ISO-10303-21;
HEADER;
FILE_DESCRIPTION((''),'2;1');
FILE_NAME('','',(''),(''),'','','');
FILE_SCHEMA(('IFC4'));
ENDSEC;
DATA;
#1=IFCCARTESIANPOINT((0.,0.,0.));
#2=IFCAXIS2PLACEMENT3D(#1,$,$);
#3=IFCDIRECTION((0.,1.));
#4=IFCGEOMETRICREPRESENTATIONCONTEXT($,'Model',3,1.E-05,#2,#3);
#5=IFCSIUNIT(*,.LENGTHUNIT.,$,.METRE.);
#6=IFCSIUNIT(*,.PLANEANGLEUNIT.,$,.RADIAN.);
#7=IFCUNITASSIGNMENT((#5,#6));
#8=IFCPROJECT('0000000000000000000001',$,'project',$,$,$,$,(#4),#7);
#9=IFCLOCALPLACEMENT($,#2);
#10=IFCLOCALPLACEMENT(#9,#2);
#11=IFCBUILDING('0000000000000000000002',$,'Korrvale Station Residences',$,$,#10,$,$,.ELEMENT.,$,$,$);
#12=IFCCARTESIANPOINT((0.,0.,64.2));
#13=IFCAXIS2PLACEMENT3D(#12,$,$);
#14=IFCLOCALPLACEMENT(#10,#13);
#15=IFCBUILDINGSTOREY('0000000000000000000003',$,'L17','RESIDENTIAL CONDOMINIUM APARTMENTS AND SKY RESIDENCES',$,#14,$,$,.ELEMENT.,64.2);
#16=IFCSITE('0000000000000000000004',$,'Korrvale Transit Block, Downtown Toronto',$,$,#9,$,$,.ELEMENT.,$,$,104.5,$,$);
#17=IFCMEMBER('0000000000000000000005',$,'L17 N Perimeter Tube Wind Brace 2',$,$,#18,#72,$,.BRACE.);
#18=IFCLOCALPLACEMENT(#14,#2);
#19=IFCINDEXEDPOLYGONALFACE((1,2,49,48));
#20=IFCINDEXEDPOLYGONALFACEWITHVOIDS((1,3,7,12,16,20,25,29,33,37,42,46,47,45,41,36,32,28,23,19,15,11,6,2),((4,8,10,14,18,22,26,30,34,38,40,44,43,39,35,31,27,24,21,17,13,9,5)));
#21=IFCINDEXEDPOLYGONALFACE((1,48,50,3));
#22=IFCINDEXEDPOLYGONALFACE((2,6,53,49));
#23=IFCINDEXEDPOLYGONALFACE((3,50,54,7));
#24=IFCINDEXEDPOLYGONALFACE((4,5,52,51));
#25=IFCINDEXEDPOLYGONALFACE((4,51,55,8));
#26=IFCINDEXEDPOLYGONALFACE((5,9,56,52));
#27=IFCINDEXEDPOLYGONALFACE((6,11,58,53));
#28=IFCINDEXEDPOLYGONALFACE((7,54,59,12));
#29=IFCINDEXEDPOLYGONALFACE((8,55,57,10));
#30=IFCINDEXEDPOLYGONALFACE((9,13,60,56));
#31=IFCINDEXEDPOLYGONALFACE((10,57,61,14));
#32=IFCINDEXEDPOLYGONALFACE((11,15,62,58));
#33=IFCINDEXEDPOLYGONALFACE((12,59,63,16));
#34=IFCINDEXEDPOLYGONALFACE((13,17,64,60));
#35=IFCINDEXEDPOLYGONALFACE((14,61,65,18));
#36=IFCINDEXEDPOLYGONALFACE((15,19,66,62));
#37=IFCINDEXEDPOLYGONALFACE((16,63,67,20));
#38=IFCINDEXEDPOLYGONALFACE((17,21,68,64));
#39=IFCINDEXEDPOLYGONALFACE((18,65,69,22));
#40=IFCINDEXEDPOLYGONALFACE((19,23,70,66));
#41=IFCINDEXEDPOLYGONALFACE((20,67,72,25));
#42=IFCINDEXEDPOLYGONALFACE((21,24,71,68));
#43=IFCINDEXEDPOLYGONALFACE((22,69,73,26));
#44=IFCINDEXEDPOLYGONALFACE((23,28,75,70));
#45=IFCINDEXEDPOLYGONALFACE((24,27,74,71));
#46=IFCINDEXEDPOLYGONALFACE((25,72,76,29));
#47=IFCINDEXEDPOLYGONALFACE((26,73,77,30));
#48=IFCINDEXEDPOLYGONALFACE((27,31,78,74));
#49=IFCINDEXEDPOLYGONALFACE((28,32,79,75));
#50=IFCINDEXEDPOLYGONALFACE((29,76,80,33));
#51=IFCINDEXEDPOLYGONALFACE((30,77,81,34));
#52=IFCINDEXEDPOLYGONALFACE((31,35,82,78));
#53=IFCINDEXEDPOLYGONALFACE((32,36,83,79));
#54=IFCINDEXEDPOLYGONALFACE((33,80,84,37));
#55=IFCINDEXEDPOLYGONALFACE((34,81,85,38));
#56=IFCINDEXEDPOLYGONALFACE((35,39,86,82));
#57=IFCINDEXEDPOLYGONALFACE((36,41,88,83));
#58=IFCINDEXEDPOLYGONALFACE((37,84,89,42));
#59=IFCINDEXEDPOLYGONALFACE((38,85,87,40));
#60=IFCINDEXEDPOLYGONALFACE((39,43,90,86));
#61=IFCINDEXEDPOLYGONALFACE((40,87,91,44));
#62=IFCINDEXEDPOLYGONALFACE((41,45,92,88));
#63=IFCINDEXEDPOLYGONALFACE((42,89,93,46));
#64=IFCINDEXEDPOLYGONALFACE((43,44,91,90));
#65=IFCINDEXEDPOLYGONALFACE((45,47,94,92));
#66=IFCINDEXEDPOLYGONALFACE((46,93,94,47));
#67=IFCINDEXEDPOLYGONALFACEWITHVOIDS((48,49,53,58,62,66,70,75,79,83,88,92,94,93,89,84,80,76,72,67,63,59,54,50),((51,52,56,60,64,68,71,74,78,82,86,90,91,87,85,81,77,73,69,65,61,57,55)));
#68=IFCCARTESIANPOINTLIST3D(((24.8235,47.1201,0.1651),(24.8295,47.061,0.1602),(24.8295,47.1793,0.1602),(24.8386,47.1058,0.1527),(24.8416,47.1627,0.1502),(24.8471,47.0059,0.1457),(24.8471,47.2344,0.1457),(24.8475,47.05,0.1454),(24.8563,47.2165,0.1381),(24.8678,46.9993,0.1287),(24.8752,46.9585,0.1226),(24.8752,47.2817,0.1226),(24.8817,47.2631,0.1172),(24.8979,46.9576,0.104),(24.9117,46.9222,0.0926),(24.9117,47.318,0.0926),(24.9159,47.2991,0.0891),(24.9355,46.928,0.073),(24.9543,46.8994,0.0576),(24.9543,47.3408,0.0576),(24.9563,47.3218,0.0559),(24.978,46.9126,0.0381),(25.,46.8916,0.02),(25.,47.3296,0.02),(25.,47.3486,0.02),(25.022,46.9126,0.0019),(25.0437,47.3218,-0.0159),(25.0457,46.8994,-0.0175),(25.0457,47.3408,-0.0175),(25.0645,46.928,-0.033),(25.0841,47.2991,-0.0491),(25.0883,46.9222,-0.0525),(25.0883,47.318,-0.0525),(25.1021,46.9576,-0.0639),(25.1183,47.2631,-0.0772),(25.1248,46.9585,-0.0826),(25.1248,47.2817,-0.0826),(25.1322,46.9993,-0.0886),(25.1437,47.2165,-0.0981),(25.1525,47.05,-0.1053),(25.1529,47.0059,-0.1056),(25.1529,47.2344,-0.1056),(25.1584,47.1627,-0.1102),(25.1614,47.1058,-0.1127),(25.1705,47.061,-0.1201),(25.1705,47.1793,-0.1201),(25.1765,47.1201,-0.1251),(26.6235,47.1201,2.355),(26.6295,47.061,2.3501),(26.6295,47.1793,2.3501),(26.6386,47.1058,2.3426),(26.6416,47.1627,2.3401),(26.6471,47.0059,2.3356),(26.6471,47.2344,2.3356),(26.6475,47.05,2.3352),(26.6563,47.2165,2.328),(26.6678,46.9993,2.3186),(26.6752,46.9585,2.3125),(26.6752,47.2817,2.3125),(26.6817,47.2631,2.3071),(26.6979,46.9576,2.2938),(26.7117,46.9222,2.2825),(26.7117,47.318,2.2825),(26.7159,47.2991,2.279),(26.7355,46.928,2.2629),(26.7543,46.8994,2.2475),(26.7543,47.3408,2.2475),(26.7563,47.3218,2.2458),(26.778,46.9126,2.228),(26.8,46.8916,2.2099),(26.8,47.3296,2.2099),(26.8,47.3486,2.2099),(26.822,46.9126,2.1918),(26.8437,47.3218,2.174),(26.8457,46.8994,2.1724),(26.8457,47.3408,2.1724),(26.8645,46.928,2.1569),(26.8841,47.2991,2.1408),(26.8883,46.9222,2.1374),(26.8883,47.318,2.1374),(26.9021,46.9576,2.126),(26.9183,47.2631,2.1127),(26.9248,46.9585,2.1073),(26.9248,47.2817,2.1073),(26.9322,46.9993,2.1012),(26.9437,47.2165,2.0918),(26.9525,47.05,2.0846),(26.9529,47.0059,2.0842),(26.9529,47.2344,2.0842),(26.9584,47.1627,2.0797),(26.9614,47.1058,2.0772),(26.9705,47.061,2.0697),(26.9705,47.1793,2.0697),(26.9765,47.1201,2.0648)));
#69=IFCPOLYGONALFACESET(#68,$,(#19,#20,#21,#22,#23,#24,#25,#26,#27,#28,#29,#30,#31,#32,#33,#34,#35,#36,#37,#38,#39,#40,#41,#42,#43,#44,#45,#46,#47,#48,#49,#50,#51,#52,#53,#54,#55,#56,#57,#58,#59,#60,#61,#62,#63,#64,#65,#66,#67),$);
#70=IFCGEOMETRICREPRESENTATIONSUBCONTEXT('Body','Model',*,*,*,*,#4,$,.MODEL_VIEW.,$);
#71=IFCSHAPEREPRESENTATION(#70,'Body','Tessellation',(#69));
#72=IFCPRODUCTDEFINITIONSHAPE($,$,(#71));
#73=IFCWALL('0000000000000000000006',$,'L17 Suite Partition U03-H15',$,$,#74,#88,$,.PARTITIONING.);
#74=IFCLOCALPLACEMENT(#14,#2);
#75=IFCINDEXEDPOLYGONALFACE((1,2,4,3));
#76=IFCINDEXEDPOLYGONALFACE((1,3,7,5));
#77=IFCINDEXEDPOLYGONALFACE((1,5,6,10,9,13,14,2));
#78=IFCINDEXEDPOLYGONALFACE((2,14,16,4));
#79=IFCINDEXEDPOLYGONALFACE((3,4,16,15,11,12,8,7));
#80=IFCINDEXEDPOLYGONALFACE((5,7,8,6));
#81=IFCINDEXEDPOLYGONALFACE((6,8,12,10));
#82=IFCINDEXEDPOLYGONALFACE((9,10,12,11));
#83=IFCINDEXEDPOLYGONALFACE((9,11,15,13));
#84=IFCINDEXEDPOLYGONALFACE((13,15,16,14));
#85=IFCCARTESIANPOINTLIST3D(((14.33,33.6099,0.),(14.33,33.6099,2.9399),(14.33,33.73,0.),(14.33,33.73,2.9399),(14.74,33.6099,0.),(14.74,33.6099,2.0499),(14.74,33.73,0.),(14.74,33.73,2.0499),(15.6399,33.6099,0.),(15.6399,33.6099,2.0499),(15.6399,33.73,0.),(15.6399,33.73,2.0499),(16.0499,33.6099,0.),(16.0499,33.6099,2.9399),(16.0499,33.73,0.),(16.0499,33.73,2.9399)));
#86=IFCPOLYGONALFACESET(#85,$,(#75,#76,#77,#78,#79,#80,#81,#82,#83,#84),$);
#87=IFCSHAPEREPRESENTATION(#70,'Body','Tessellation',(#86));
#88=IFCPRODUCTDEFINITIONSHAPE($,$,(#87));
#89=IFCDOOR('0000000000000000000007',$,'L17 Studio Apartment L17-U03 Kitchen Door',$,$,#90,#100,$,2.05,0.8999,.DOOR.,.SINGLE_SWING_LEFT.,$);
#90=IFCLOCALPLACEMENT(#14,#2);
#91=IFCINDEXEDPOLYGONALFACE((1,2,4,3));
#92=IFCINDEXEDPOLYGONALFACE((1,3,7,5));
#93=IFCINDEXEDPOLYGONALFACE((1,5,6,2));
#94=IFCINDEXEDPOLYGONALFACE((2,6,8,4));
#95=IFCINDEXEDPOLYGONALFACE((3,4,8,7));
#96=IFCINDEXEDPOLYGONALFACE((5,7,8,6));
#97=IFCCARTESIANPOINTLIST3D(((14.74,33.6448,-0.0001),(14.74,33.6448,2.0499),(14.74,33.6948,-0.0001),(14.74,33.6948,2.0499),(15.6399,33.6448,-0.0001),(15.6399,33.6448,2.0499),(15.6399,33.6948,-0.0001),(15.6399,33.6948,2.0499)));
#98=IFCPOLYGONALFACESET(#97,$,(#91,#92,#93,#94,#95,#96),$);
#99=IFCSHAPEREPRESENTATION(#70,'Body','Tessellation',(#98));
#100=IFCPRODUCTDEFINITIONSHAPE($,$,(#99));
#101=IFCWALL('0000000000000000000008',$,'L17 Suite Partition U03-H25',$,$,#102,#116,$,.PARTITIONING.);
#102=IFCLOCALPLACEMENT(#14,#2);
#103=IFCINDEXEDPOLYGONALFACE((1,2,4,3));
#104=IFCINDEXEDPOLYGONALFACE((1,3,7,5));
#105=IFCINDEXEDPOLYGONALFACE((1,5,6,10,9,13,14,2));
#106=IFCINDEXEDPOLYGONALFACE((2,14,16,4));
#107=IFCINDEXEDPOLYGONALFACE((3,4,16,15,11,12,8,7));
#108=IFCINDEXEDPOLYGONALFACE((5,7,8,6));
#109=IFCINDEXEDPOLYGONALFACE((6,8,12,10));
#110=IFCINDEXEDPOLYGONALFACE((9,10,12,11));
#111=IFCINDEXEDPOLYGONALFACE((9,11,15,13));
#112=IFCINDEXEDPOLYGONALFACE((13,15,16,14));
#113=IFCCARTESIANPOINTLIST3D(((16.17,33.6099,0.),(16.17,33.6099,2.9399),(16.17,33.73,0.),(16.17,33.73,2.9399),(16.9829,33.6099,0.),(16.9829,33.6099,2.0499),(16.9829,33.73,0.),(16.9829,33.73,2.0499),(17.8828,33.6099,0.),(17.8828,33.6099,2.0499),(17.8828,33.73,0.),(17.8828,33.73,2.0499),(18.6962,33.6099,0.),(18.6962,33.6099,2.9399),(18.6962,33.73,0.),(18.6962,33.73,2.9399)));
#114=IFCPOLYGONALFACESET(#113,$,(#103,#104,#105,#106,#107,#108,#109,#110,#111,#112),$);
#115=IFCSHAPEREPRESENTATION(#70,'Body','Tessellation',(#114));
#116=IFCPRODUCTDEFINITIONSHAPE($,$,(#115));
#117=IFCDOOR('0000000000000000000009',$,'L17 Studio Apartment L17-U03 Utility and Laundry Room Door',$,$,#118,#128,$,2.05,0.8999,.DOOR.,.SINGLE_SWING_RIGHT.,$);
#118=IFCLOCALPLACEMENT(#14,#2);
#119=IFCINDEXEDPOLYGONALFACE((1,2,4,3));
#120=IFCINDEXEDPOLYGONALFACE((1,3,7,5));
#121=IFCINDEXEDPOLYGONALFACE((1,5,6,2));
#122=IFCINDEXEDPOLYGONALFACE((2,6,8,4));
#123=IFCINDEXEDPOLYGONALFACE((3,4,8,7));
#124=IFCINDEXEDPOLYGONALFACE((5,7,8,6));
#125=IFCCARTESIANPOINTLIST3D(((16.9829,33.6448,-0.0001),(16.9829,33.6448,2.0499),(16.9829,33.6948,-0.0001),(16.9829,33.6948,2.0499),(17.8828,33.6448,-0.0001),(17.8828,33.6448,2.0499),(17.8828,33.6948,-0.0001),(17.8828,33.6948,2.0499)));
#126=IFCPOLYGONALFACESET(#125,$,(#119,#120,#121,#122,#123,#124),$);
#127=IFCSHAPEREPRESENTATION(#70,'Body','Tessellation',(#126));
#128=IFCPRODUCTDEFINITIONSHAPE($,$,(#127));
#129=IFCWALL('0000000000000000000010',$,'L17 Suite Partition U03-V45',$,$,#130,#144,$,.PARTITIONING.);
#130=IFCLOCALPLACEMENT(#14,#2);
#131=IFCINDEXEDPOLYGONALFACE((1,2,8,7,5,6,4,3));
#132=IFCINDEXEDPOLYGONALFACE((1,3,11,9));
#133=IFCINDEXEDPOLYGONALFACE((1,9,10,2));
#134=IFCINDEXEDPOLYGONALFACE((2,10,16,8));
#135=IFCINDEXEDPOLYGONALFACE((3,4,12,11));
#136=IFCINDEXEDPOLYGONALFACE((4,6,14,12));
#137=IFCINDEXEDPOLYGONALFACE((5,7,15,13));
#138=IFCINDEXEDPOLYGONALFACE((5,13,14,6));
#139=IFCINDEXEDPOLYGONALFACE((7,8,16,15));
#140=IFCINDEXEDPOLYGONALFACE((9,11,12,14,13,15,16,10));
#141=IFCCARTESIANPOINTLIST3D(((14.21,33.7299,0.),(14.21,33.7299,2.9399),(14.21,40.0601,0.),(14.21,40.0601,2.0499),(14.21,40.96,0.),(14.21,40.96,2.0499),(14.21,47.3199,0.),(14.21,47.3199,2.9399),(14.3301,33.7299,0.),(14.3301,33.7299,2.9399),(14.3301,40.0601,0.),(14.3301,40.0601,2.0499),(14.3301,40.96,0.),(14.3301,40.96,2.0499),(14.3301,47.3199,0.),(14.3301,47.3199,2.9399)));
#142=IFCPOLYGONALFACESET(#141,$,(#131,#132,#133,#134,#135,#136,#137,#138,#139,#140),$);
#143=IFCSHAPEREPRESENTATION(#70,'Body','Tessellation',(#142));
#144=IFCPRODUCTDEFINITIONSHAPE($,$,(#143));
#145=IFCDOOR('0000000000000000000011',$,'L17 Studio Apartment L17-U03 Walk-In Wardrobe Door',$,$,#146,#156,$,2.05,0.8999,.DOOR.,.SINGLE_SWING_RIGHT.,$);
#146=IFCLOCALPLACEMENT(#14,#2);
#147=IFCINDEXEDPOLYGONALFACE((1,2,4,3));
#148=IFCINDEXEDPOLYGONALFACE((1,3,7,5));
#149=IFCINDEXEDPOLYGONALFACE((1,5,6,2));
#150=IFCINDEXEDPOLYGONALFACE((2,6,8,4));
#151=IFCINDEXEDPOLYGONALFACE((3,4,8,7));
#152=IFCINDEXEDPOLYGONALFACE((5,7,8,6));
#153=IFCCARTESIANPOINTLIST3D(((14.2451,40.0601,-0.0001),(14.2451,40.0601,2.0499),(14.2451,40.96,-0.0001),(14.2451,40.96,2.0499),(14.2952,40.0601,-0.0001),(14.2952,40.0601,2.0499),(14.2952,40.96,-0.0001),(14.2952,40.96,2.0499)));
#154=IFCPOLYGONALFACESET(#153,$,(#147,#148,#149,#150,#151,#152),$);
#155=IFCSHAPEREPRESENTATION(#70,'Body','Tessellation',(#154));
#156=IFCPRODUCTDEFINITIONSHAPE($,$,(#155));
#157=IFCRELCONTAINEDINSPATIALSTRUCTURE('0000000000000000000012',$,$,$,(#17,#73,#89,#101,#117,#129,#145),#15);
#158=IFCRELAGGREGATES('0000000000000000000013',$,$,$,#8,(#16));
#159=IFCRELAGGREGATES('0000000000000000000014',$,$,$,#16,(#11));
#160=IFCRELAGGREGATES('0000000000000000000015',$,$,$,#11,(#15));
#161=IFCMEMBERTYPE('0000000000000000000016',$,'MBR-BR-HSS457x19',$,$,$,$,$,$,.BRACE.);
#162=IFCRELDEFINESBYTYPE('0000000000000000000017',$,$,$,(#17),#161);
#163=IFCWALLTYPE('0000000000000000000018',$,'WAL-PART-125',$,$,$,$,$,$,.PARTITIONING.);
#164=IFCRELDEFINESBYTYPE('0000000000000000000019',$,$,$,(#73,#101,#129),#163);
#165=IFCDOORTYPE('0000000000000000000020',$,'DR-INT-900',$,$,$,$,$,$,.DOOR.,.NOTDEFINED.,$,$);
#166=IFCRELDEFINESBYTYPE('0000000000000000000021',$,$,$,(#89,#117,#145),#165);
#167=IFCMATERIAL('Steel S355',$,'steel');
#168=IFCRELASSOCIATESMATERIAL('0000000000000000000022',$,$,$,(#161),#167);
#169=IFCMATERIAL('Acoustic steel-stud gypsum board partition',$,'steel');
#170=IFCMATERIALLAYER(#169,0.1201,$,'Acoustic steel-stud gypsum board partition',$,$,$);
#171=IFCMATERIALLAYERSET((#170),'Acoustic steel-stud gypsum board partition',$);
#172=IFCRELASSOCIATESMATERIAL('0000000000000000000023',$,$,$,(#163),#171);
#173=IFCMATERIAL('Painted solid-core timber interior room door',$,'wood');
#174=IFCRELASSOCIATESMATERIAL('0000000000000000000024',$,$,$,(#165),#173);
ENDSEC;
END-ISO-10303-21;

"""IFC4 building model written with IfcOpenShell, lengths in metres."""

from ifc_helpers import new_model, si_unit, direction, frame, frame_2d, origin, origin_2d, place, context, subcontext, project, spatial, rectangle, hollow_circle, extrude, material, layer, layer_set, material_profile, profile_set, type_object, element, fill, save


model = new_model("IFC4")

# Units and contexts
model_context = context("Model", 3, precision=1e-05, world=origin(), true_north=direction((0.0, 1.0)))
body_context = subcontext(model_context, "Body", "Model", "MODEL_VIEW")
ifc_project = project(units=[si_unit("LENGTHUNIT", "METRE"), si_unit("PLANEANGLEUNIT", "RADIAN")], contexts=[model_context])

# Site, building, storey
site_placement = place(None, origin())
site = spatial("IfcSite", under=ifc_project, at=site_placement, Name="Korrvale Transit Block, Downtown Toronto", CompositionType="ELEMENT", RefElevation=104.5)
building_placement = place(site_placement, origin())
building = spatial("IfcBuilding", under=site, at=building_placement, Name="Korrvale Station Residences", CompositionType="ELEMENT")
storey_placement = place(building_placement, frame((0.0, 0.0, 64.2)))
storey = spatial("IfcBuildingStorey", under=building, at=storey_placement, Name="L17", Description="RESIDENTIAL CONDOMINIUM APARTMENTS AND SKY RESIDENCES", CompositionType="ELEMENT", Elevation=64.2)

# Shared definitions
ifc_material_1 = material(Name="Steel S355", Category="steel")

# Member
ifc_material_profile_1 = material_profile(ifc_material_1, hollow_circle(Radius=0.2285, WallThickness=0.019, at=origin_2d()), Name="HSS457x19")
ifc_profile_set_1 = profile_set([ifc_material_profile_1], Name="Steel S355")
member_type = type_object("IfcMemberType", Name="MBR-BR-HSS457x19", PredefinedType="BRACE", material=ifc_profile_set_1)
for number, where, z_axis, x_axis, name in (
    (1, (25.0, 47.1201, 0.02), (0.634985, 0.0, 0.772524), (0.0, 1.0, 0.0), "L17 N Perimeter Tube Wind Brace 2"),
):
    element("IfcMember", number, at=place(storey_placement, frame(where, z_axis=z_axis, x_axis=x_axis)), inside=storey, type_object=member_type, Name=name, PredefinedType="BRACE", context=body_context, shape_type="SweptSolid", body=[
        extrude(hollow_circle(Radius=0.2285, WallThickness=0.019, at=origin_2d()), origin(), (0.0, 0.0, 1.0), 2.8347),
    ])

# Walls, openings, doors
ifc_material_2 = material(Name="Acoustic steel-stud gypsum board partition", Category="steel")
ifc_layer_1 = layer(ifc_material_2, 0.1201, Name="Acoustic steel-stud gypsum board partition")
ifc_layer_set_1 = layer_set([ifc_layer_1], Name="Acoustic steel-stud gypsum board partition")
wall_type_1 = type_object("IfcWallType", Name="WAL-PART-125", PredefinedType="PARTITIONING", material=ifc_layer_set_1)
wall_1_placement = place(storey_placement, frame((14.3301, 33.6699, 0.0), z_axis=(0.0, 0.0, 1.0), x_axis=(1.0, 0.0, 0.0)))
wall_1 = element("IfcWall", 2, at=wall_1_placement, inside=storey, type_object=wall_type_1, Name="L17 Suite Partition U03-H15", PredefinedType="PARTITIONING", context=body_context, shape_type="SweptSolid", body=[
    extrude(rectangle(XDim=1.72, YDim=0.1201, at=frame_2d((0.8599, 0.0))), origin(), (0.0, 0.0, 1.0), 2.9399),
])
opening_1_placement = place(wall_1_placement, frame((0.4099, 0.0, 0.0)))
opening_1 = element("IfcOpeningElement", 3, at=opening_1_placement, cuts=wall_1, PredefinedType="OPENING", context=body_context, shape_type="SweptSolid", body=[
    extrude(rectangle(XDim=0.8999, YDim=2.05, at=frame_2d((0.45, 1.0249))), frame((0.0, 0.0701, 0.0), z_axis=(0.0, -1.0, 0.0), x_axis=(1.0, 0.0, 0.0)), (0.0, 0.0, 1.0), 0.1401),
])
ifc_material_3 = material(Name="Painted solid-core timber interior room door", Category="wood")
door_type_1 = type_object("IfcDoorType", Name="DR-INT-900", OperationType="NOTDEFINED", PredefinedType="DOOR", material=ifc_material_3)
door_1_placement = place(opening_1_placement, origin())
door_1 = element("IfcDoor", 4, at=door_1_placement, inside=storey, type_object=door_type_1, Name="L17 Studio Apartment L17-U03 Kitchen Door", OperationType="SINGLE_SWING_LEFT", OverallHeight=2.05, OverallWidth=0.8999, PredefinedType="DOOR", context=body_context, shape_type="SweptSolid", body=[
    extrude(rectangle(XDim=0.8999, YDim=2.05, at=frame_2d((0.45, 1.0249))), frame((0.0, 0.0249, 0.0), z_axis=(0.0, -1.0, 0.0), x_axis=(1.0, 0.0, 0.0)), (0.0, 0.0, 1.0), 0.05),
])
fill(opening_1, door_1)
wall_2_placement = place(storey_placement, frame((16.1699, 33.6699, 0.0), z_axis=(0.0, 0.0, 1.0), x_axis=(1.0, 0.0, 0.0)))
wall_2 = element("IfcWall", 5, at=wall_2_placement, inside=storey, type_object=wall_type_1, Name="L17 Suite Partition U03-H25", PredefinedType="PARTITIONING", context=body_context, shape_type="SweptSolid", body=[
    extrude(rectangle(XDim=2.5261, YDim=0.1201, at=frame_2d((1.2632, 0.0))), origin(), (0.0, 0.0, 1.0), 2.9399),
])
opening_2_placement = place(wall_2_placement, frame((0.813, 0.0, 0.0)))
opening_2 = element("IfcOpeningElement", 6, at=opening_2_placement, cuts=wall_2, PredefinedType="OPENING", context=body_context, shape_type="SweptSolid", body=[
    extrude(rectangle(XDim=0.8999, YDim=2.05, at=frame_2d((0.45, 1.0249))), frame((0.0, 0.0701, 0.0), z_axis=(0.0, -1.0, 0.0), x_axis=(1.0, 0.0, 0.0)), (0.0, 0.0, 1.0), 0.1401),
])
door_2_placement = place(opening_2_placement, origin())
door_2 = element("IfcDoor", 7, at=door_2_placement, inside=storey, type_object=door_type_1, Name="L17 Studio Apartment L17-U03 Utility and Laundry Room Door", OperationType="SINGLE_SWING_RIGHT", OverallHeight=2.05, OverallWidth=0.8999, PredefinedType="DOOR", context=body_context, shape_type="SweptSolid", body=[
    extrude(rectangle(XDim=0.8999, YDim=2.05, at=frame_2d((0.45, 1.0249))), frame((0.0, 0.0249, 0.0), z_axis=(0.0, -1.0, 0.0), x_axis=(1.0, 0.0, 0.0)), (0.0, 0.0, 1.0), 0.05),
])
fill(opening_2, door_2)
wall_3_placement = place(storey_placement, frame((14.27, 33.73, 0.0), z_axis=(0.0, 0.0, 1.0), x_axis=(0.0, 1.0, 0.0)))
wall_3 = element("IfcWall", 8, at=wall_3_placement, inside=storey, type_object=wall_type_1, Name="L17 Suite Partition U03-V45", PredefinedType="PARTITIONING", context=body_context, shape_type="SweptSolid", body=[
    extrude(rectangle(XDim=13.5901, YDim=0.1201, at=frame_2d((6.7949, 0.0))), origin(), (0.0, 0.0, 1.0), 2.9399),
])
opening_3_placement = place(wall_3_placement, frame((6.3301, 0.0, 0.0)))
opening_3 = element("IfcOpeningElement", 9, at=opening_3_placement, cuts=wall_3, PredefinedType="OPENING", context=body_context, shape_type="SweptSolid", body=[
    extrude(rectangle(XDim=0.8999, YDim=2.05, at=frame_2d((0.45, 1.0249))), frame((0.0, 0.0701, 0.0), z_axis=(0.0, -1.0, 0.0), x_axis=(1.0, 0.0, 0.0)), (0.0, 0.0, 1.0), 0.1401),
])
door_3_placement = place(opening_3_placement, origin())
door_3 = element("IfcDoor", 10, at=door_3_placement, inside=storey, type_object=door_type_1, Name="L17 Studio Apartment L17-U03 Walk-In Wardrobe Door", OperationType="SINGLE_SWING_RIGHT", OverallHeight=2.05, OverallWidth=0.8999, PredefinedType="DOOR", context=body_context, shape_type="SweptSolid", body=[
    extrude(rectangle(XDim=0.8999, YDim=2.05, at=frame_2d((0.45, 1.0249))), frame((0.0, 0.0249, 0.0), z_axis=(0.0, -1.0, 0.0), x_axis=(1.0, 0.0, 0.0)), (0.0, 0.0, 1.0), 0.05),
])
fill(opening_3, door_3)

save(model, "model.ifc")
